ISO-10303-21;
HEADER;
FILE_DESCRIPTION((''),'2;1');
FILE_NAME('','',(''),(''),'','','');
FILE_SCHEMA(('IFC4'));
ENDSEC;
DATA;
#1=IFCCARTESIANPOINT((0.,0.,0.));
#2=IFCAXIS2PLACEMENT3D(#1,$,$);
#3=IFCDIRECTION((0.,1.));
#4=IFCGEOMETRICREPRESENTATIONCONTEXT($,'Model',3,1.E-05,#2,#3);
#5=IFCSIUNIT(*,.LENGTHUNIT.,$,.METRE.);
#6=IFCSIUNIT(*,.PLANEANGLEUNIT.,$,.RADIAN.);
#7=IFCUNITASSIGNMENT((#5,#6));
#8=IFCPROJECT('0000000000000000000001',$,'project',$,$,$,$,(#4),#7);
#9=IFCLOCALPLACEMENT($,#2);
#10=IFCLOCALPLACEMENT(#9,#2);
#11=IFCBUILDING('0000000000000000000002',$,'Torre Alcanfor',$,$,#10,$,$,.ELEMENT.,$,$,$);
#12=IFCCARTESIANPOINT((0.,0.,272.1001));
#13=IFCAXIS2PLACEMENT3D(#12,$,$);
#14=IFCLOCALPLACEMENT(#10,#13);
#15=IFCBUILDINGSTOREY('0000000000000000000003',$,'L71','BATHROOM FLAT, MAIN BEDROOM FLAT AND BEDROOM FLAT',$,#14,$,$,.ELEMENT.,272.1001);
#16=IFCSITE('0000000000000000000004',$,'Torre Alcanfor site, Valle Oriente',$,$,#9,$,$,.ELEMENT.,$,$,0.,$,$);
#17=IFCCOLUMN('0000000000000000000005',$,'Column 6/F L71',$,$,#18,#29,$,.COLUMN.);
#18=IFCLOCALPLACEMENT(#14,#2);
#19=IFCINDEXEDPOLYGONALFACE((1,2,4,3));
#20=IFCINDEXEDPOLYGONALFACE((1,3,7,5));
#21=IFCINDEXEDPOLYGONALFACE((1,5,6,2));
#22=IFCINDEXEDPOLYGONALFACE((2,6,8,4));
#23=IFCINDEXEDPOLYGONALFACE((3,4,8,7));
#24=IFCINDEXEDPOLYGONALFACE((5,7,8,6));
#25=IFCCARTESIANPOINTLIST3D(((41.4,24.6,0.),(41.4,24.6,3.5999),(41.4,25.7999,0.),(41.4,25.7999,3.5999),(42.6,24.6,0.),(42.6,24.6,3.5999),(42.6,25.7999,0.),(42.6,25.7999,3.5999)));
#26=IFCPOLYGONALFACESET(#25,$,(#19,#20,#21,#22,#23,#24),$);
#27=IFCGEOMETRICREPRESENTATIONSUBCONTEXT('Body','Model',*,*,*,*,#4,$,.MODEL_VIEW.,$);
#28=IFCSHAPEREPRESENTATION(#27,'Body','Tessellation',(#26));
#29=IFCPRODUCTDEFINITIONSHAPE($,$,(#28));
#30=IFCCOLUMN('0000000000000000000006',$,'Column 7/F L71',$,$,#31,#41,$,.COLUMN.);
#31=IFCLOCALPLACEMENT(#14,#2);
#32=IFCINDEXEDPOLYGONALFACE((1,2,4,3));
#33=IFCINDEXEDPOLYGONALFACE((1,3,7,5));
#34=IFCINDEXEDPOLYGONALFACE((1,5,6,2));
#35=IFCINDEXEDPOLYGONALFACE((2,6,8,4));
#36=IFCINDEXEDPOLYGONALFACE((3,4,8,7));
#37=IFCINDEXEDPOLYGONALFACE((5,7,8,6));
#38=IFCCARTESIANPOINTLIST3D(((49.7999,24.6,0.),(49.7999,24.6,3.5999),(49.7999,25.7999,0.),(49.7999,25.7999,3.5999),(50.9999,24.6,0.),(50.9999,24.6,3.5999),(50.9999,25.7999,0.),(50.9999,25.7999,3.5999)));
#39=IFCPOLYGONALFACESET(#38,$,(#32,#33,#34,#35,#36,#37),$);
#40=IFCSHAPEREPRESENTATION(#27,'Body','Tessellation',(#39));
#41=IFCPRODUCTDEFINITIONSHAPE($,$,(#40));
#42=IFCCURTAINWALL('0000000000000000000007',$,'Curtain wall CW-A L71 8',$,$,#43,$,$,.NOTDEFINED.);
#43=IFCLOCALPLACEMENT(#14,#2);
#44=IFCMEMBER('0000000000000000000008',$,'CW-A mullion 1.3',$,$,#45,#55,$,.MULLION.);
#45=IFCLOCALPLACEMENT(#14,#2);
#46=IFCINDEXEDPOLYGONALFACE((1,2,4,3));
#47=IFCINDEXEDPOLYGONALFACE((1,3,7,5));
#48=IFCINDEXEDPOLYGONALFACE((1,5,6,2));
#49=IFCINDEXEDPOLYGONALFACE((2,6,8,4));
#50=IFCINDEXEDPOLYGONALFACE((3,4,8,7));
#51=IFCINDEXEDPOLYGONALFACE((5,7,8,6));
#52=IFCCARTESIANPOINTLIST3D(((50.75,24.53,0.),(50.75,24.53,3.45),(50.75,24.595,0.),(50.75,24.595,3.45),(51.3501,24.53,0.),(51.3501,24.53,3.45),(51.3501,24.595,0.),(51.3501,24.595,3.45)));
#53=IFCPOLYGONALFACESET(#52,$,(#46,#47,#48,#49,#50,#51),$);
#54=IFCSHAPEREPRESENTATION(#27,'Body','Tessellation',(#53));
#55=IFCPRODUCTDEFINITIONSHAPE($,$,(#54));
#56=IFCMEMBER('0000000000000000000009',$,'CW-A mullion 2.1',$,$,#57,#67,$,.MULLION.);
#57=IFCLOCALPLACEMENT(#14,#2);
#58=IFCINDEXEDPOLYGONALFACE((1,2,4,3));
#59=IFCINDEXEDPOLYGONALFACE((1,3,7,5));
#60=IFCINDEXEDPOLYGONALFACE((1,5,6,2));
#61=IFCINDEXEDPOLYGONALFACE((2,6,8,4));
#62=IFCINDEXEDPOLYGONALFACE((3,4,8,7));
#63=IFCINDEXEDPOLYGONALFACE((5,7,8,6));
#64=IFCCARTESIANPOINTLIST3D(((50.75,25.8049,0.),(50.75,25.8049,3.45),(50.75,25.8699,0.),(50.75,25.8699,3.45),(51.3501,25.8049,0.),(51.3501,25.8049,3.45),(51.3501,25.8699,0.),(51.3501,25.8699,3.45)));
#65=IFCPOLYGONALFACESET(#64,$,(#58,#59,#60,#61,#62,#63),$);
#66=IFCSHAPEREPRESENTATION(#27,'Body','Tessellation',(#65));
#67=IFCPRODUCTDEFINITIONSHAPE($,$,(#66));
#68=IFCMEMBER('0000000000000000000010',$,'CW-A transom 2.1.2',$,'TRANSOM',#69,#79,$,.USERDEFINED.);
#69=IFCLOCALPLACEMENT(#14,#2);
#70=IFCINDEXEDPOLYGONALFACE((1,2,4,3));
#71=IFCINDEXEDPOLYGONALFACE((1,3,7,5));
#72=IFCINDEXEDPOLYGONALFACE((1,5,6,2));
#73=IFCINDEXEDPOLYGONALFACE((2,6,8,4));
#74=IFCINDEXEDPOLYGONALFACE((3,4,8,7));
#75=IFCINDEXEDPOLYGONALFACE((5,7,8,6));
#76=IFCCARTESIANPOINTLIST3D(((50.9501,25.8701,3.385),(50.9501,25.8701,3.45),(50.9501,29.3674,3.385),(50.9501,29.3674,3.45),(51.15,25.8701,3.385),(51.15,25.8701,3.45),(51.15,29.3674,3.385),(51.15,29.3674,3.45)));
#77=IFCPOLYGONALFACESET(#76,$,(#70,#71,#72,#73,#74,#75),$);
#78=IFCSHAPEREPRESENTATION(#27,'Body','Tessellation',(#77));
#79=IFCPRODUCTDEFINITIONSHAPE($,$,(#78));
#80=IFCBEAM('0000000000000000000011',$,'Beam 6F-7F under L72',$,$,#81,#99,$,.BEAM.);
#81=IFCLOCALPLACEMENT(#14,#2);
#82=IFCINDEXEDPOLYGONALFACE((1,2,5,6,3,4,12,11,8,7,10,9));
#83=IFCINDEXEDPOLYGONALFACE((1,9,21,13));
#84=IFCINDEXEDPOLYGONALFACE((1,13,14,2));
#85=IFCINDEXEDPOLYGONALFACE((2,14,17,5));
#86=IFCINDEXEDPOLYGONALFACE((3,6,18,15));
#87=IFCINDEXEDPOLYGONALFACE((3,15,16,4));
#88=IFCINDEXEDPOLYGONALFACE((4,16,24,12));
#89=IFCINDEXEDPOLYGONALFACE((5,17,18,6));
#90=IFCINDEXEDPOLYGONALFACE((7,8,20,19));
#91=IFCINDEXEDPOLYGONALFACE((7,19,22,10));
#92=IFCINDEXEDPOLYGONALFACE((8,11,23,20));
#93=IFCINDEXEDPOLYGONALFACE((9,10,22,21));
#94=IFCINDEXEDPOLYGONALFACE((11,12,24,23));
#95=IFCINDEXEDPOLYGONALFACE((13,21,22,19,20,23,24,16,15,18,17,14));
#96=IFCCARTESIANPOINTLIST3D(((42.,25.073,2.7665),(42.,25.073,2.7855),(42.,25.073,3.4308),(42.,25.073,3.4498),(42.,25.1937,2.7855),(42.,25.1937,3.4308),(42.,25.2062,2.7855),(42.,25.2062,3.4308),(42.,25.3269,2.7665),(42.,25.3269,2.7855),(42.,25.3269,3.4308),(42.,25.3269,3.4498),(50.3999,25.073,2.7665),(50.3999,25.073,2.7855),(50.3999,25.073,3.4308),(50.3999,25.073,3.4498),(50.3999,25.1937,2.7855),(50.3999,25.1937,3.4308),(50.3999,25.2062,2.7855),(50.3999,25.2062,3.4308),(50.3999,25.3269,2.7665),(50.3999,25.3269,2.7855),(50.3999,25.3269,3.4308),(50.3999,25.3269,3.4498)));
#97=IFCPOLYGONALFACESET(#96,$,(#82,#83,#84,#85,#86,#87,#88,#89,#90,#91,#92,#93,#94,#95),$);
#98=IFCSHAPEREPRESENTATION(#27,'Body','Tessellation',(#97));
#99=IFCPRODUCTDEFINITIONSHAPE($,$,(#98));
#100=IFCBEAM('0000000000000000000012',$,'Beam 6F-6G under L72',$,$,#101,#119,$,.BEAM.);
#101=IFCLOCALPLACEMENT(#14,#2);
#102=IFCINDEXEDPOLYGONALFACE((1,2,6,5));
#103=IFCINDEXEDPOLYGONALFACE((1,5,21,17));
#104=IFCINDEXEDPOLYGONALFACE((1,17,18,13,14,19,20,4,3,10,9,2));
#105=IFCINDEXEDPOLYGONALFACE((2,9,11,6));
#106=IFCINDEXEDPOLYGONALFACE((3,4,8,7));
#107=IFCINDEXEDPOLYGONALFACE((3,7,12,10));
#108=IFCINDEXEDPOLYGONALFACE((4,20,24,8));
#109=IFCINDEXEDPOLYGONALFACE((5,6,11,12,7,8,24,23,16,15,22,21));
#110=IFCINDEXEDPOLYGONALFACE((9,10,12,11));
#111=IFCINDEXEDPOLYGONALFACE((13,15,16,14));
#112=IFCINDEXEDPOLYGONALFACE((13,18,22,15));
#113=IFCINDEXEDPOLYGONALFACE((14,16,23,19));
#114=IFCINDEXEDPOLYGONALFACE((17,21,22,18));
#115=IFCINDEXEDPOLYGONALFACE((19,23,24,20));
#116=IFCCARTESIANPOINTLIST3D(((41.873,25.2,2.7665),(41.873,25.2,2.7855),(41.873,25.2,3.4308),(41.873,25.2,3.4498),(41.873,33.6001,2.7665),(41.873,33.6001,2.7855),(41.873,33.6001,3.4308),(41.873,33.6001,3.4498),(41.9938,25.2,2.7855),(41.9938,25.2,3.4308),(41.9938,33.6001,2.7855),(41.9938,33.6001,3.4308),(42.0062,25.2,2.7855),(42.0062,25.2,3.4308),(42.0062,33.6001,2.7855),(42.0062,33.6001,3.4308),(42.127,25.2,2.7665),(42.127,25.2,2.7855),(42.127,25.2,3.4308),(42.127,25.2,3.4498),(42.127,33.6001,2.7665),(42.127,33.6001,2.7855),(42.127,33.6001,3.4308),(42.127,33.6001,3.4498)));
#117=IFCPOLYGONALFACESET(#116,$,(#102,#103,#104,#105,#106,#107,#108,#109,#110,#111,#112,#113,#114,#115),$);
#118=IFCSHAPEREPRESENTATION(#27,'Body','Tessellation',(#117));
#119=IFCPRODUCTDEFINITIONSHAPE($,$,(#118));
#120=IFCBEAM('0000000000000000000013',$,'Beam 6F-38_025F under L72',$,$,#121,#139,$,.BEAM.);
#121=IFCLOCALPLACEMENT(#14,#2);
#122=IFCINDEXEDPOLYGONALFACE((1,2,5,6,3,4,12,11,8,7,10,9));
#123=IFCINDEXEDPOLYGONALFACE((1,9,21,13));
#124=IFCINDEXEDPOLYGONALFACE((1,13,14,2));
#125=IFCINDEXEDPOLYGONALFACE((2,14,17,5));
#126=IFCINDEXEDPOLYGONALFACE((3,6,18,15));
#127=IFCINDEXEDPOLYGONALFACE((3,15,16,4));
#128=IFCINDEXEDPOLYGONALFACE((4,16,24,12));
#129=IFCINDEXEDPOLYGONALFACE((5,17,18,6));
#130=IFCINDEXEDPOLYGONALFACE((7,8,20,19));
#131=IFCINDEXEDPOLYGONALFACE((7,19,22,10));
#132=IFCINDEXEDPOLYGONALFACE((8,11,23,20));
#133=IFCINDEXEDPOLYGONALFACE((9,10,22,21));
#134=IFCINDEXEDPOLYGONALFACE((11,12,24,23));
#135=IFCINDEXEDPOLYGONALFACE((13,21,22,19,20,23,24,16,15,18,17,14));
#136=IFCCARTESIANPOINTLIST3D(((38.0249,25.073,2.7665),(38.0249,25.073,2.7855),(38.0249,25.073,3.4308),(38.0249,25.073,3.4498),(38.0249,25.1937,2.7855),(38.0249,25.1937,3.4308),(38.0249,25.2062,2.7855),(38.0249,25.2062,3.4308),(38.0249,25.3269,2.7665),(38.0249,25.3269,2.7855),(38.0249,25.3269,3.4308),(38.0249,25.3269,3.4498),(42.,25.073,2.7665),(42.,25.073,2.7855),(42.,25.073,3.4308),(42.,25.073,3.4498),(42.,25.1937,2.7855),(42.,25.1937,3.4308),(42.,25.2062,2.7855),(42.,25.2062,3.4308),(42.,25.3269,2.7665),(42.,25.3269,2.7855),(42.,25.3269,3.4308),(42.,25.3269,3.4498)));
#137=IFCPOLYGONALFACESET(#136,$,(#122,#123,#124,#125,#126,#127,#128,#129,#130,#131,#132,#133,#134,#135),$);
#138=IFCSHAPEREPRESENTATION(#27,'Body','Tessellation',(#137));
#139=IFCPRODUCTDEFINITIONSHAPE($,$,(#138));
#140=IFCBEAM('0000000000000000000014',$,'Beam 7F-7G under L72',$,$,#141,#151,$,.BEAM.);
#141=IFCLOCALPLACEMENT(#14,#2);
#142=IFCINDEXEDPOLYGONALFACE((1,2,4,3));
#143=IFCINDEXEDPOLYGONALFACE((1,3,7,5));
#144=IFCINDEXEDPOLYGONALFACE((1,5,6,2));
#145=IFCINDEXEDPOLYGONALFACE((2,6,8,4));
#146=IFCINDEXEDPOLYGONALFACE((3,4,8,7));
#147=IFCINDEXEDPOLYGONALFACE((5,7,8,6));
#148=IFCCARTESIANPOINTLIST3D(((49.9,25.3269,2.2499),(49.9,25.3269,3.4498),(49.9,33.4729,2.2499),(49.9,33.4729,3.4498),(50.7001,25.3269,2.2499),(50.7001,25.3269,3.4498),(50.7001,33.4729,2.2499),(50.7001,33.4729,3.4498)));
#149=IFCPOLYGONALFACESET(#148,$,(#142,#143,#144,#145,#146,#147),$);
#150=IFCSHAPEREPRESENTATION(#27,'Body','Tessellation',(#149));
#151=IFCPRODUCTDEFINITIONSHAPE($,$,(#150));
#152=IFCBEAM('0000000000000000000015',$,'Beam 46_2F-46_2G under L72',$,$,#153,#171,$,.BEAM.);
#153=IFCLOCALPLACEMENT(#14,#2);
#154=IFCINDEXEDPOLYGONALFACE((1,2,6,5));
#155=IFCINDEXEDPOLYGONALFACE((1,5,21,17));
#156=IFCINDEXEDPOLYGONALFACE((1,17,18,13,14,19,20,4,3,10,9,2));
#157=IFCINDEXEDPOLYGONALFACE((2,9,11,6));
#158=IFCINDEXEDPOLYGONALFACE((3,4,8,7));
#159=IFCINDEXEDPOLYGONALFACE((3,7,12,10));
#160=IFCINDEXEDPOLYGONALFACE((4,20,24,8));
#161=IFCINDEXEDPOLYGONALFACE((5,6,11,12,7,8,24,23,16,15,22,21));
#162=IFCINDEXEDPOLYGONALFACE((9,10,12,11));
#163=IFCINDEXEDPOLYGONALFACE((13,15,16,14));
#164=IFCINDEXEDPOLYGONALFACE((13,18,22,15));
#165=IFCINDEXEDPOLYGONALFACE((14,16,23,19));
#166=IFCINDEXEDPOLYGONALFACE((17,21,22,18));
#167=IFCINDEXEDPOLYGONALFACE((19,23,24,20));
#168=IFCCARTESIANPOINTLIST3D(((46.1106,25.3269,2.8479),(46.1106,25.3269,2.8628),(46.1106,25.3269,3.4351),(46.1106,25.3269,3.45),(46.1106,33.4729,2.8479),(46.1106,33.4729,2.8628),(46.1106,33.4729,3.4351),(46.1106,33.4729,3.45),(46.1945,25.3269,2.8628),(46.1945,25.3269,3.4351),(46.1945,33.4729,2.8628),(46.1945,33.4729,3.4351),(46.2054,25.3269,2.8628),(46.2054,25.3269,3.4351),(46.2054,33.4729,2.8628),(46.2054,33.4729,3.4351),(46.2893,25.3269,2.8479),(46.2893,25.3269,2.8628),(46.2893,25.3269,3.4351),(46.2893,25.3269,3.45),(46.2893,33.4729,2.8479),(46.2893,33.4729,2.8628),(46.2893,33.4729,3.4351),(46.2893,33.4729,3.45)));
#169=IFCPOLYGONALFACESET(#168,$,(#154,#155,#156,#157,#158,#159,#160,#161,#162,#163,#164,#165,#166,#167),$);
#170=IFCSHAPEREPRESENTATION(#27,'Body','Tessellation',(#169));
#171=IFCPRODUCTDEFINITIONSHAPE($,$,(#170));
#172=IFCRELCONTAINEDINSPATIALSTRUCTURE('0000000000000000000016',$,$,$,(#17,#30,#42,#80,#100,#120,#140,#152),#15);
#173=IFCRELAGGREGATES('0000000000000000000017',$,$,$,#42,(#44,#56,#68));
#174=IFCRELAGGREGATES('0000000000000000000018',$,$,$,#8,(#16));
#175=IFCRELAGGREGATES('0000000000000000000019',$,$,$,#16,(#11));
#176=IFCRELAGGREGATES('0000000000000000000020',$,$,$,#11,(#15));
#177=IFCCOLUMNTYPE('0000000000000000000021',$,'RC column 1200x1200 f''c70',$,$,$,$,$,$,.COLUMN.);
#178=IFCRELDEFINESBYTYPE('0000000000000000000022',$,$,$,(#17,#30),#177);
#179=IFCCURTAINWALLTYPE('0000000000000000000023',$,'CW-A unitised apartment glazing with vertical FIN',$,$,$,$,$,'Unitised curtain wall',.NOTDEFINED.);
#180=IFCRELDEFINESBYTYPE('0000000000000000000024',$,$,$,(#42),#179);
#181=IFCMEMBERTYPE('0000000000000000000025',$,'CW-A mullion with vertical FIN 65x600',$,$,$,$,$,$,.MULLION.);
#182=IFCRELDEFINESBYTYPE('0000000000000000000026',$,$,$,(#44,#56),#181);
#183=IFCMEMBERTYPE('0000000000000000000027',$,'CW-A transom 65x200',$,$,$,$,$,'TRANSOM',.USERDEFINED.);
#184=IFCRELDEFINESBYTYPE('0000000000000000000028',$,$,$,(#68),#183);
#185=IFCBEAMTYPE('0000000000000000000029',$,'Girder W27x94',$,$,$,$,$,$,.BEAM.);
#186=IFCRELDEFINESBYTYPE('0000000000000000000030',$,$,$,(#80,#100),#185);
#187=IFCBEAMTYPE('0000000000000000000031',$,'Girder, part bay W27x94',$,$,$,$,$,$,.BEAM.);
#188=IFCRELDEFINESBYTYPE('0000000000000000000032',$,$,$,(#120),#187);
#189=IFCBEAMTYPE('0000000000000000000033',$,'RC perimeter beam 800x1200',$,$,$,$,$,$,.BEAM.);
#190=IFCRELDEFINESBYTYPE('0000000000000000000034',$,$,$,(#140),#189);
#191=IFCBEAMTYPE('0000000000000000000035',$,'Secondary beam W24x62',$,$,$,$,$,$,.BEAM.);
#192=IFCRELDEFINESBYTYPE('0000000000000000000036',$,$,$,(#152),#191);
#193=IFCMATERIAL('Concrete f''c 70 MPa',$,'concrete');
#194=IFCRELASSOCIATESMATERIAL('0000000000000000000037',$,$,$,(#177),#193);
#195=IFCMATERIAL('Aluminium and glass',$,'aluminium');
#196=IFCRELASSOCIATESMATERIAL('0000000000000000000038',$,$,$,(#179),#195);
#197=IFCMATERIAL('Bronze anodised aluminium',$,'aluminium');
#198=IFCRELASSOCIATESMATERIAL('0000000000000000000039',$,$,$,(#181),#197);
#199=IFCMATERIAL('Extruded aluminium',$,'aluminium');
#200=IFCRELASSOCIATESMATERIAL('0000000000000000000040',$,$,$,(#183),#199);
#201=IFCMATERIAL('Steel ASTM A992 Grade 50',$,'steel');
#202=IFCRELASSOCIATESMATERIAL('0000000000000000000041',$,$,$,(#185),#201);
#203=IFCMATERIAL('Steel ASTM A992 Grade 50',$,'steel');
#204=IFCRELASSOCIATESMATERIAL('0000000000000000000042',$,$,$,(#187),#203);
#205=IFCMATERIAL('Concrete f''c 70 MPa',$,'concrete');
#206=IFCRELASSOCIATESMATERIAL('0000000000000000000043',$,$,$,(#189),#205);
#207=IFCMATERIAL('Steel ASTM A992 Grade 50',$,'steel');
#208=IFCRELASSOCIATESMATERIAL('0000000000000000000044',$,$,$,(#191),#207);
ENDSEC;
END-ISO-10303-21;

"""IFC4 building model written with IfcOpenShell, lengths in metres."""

from ifc_helpers import new_model, si_unit, direction, frame, origin, origin_2d, place, context, subcontext, project, spatial, rectangle, i_section, extrude, material, material_profile, profile_set, type_object, element, aggregate, save


model = new_model("IFC4")

# Units and contexts
model_context = context("Model", 3, precision=1e-05, world=origin(), true_north=direction((0.0, 1.0)))
body_context = subcontext(model_context, "Body", "Model", "MODEL_VIEW")
ifc_project = project(units=[si_unit("LENGTHUNIT", "METRE"), si_unit("PLANEANGLEUNIT", "RADIAN")], contexts=[model_context])

# Site, building, storey
site_placement = place(None, origin())
site = spatial("IfcSite", under=ifc_project, at=site_placement, Name="Torre Alcanfor site, Valle Oriente", CompositionType="ELEMENT", RefElevation=0.0)
building_placement = place(site_placement, origin())
building = spatial("IfcBuilding", under=site, at=building_placement, Name="Torre Alcanfor", CompositionType="ELEMENT")
storey_placement = place(building_placement, frame((0.0, 0.0, 272.1001)))
storey = spatial("IfcBuildingStorey", under=building, at=storey_placement, Name="L71", Description="BATHROOM FLAT, MAIN BEDROOM FLAT AND BEDROOM FLAT", CompositionType="ELEMENT", Elevation=272.1001)

# Columns
ifc_material_1 = material(Name="Concrete f'c 70 MPa", Category="concrete")
ifc_material_profile_1 = material_profile(ifc_material_1, rectangle(XDim=1.2, YDim=1.2, at=origin_2d()), Name="1200x1200")
ifc_profile_set_1 = profile_set([ifc_material_profile_1], Name="Concrete f'c 70 MPa")
column_type = type_object("IfcColumnType", Name="RC column 1200x1200 f'c70", PredefinedType="COLUMN", material=ifc_profile_set_1)
for number, where, z_axis, x_axis, name in (
    (1, (42.0, 25.2, 0.0), (0.0, 0.0, 1.0), (1.0, 0.0, 0.0), "Column 6/F L71"),
    (2, (50.3999, 25.2, 0.0), (0.0, 0.0, 1.0), (1.0, 0.0, 0.0), "Column 7/F L71"),
):
    element("IfcColumn", number, at=place(storey_placement, frame(where, z_axis=z_axis, x_axis=x_axis)), inside=storey, type_object=column_type, Name=name, PredefinedType="COLUMN", context=body_context, shape_type="SweptSolid", body=[
        extrude(rectangle(XDim=1.2, YDim=1.2, at=origin_2d()), origin(), (0.0, 0.0, 1.0), 3.5999),
    ])

# Curtain wall, members
ifc_material_2 = material(Name="Aluminium and glass", Category="aluminium")
curtain_wall_type = type_object("IfcCurtainWallType", Name="CW-A unitised apartment glazing with vertical FIN", ElementType="Unitised curtain wall", PredefinedType="NOTDEFINED", material=ifc_material_2)
curtain_wall_placement = place(storey_placement, origin())
curtain_wall = element("IfcCurtainWall", 3, at=curtain_wall_placement, inside=storey, type_object=curtain_wall_type, Name="Curtain wall CW-A L71 8", PredefinedType="NOTDEFINED")
ifc_material_3 = material(Name="Bronze anodised aluminium", Category="aluminium")
ifc_material_profile_2 = material_profile(ifc_material_3, rectangle(XDim=0.6001, YDim=0.0649, at=origin_2d()), Name="CW-A mullion 65x600")
ifc_profile_set_2 = profile_set([ifc_material_profile_2], Name="Bronze anodised aluminium")
member_type_1 = type_object("IfcMemberType", Name="CW-A mullion with vertical FIN 65x600", PredefinedType="MULLION", material=ifc_profile_set_2)
member_1_placement = place(storey_placement, frame((51.05, 24.5625, 0.0), z_axis=(0.0, 0.0, 1.0), x_axis=(-1.0, 0.0, 0.0)))
member_1 = element("IfcMember", 4, at=member_1_placement, type_object=member_type_1, Name="CW-A mullion 1.3", PredefinedType="MULLION", context=body_context, shape_type="SweptSolid", body=[
    extrude(rectangle(XDim=0.6001, YDim=0.0649, at=origin_2d()), origin(), (0.0, 0.0, 1.0), 3.45),
])
member_2_placement = place(storey_placement, frame((51.05, 25.8374, 0.0), z_axis=(0.0, 0.0, 1.0), x_axis=(-1.0, 0.0, 0.0)))
member_2 = element("IfcMember", 5, at=member_2_placement, type_object=member_type_1, Name="CW-A mullion 2.1", PredefinedType="MULLION", context=body_context, shape_type="SweptSolid", body=[
    extrude(rectangle(XDim=0.6001, YDim=0.0649, at=origin_2d()), origin(), (0.0, 0.0, 1.0), 3.45),
])
ifc_material_4 = material(Name="Extruded aluminium", Category="aluminium")
ifc_material_profile_3 = material_profile(ifc_material_4, rectangle(XDim=0.2, YDim=0.0649, at=origin_2d()), Name="CW-A transom 200x65")
ifc_profile_set_3 = profile_set([ifc_material_profile_3], Name="Extruded aluminium")
member_type_2 = type_object("IfcMemberType", Name="CW-A transom 65x200", ElementType="TRANSOM", PredefinedType="USERDEFINED", material=ifc_profile_set_3)
member_3_placement = place(storey_placement, frame((51.05, 25.8701, 3.4175), z_axis=(0.0, 1.0, 0.0), x_axis=(-1.0, 0.0, 0.0)))
member_3 = element("IfcMember", 6, at=member_3_placement, type_object=member_type_2, Name="CW-A transom 2.1.2", ObjectType="TRANSOM", PredefinedType="USERDEFINED", context=body_context, shape_type="SweptSolid", body=[
    extrude(rectangle(XDim=0.2, YDim=0.0649, at=origin_2d()), origin(), (0.0, 0.0, 1.0), 3.4973),
])

# Beams
ifc_material_5 = material(Name="Steel ASTM A992 Grade 50", Category="steel")
ifc_material_profile_4 = material_profile(ifc_material_5, i_section(OverallWidth=0.2539, OverallDepth=0.6833, WebThickness=0.0125, FlangeThickness=0.019, at=origin_2d()), Name="W27x94")
ifc_profile_set_4 = profile_set([ifc_material_profile_4], Name="Steel ASTM A992 Grade 50")
beam_type_1 = type_object("IfcBeamType", Name="Girder W27x94", PredefinedType="BEAM", material=ifc_profile_set_4)
beam_1_placement = place(storey_placement, frame((42.0, 25.2, 3.1082), z_axis=(1.0, 0.0, 0.0), x_axis=(0.0, 1.0, 0.0)))
element("IfcBeam", 7, at=beam_1_placement, inside=storey, type_object=beam_type_1, Name="Beam 6F-7F under L72", PredefinedType="BEAM", context=body_context, shape_type="SweptSolid", body=[
    extrude(i_section(OverallWidth=0.2539, OverallDepth=0.6833, WebThickness=0.0125, FlangeThickness=0.019, at=origin_2d()), origin(), (0.0, 0.0, 1.0), 8.3999),
])
beam_2_placement = place(storey_placement, frame((42.0, 25.2, 3.1082), z_axis=(0.0, 1.0, 0.0), x_axis=(-1.0, 0.0, 0.0)))
element("IfcBeam", 8, at=beam_2_placement, inside=storey, type_object=beam_type_1, Name="Beam 6F-6G under L72", PredefinedType="BEAM", context=body_context, shape_type="SweptSolid", body=[
    extrude(i_section(OverallWidth=0.2539, OverallDepth=0.6833, WebThickness=0.0125, FlangeThickness=0.019, at=origin_2d()), origin(), (0.0, 0.0, 1.0), 8.4001),
])
ifc_material_6 = material(Name="Steel ASTM A992 Grade 50", Category="steel")
ifc_material_profile_5 = material_profile(ifc_material_6, i_section(OverallWidth=0.2539, OverallDepth=0.6833, WebThickness=0.0125, FlangeThickness=0.019, at=origin_2d()), Name="W27x94")
ifc_profile_set_5 = profile_set([ifc_material_profile_5], Name="Steel ASTM A992 Grade 50")
beam_type_2 = type_object("IfcBeamType", Name="Girder, part bay W27x94", PredefinedType="BEAM", material=ifc_profile_set_5)
beam_3_placement = place(storey_placement, frame((42.0, 25.2, 3.1082), z_axis=(-1.0, 0.0, 0.0), x_axis=(0.0, -1.0, 0.0)))
element("IfcBeam", 9, at=beam_3_placement, inside=storey, type_object=beam_type_2, Name="Beam 6F-38_025F under L72", PredefinedType="BEAM", context=body_context, shape_type="SweptSolid", body=[
    extrude(i_section(OverallWidth=0.2539, OverallDepth=0.6833, WebThickness=0.0125, FlangeThickness=0.019, at=origin_2d()), origin(), (0.0, 0.0, 1.0), 3.9751),
])
ifc_material_7 = material(Name="Concrete f'c 70 MPa", Category="concrete")
ifc_material_profile_6 = material_profile(ifc_material_7, rectangle(XDim=0.8, YDim=1.2, at=origin_2d()), Name="800x1200")
ifc_profile_set_6 = profile_set([ifc_material_profile_6], Name="Concrete f'c 70 MPa")
beam_type_3 = type_object("IfcBeamType", Name="RC perimeter beam 800x1200", PredefinedType="BEAM", material=ifc_profile_set_6)
beam_4_placement = place(storey_placement, frame((50.3, 25.3269, 2.8499), z_axis=(0.0, 1.0, 0.0), x_axis=(-1.0, 0.0, 0.0)))
element("IfcBeam", 10, at=beam_4_placement, inside=storey, type_object=beam_type_3, Name="Beam 7F-7G under L72", PredefinedType="BEAM", context=body_context, shape_type="SweptSolid", body=[
    extrude(rectangle(XDim=0.8, YDim=1.2, at=origin_2d()), origin(), (0.0, 0.0, 1.0), 8.146),
])
ifc_material_8 = material(Name="Steel ASTM A992 Grade 50", Category="steel")
ifc_material_profile_7 = material_profile(ifc_material_8, i_section(OverallWidth=0.1787, OverallDepth=0.6021, WebThickness=0.011, FlangeThickness=0.0149, at=origin_2d()), Name="W24x62")
ifc_profile_set_7 = profile_set([ifc_material_profile_7], Name="Steel ASTM A992 Grade 50")
beam_type_4 = type_object("IfcBeamType", Name="Secondary beam W24x62", PredefinedType="BEAM", material=ifc_profile_set_7)
beam_5_placement = place(storey_placement, frame((46.2, 25.3269, 3.1489), z_axis=(0.0, 1.0, 0.0), x_axis=(-1.0, 0.0, 0.0)))
element("IfcBeam", 11, at=beam_5_placement, inside=storey, type_object=beam_type_4, Name="Beam 46_2F-46_2G under L72", PredefinedType="BEAM", context=body_context, shape_type="SweptSolid", body=[
    extrude(i_section(OverallWidth=0.1787, OverallDepth=0.6021, WebThickness=0.011, FlangeThickness=0.0149, at=origin_2d()), origin(), (0.0, 0.0, 1.0), 8.146),
])

aggregate(curtain_wall, [member_1, member_2, member_3])

save(model, "model.ifc")
